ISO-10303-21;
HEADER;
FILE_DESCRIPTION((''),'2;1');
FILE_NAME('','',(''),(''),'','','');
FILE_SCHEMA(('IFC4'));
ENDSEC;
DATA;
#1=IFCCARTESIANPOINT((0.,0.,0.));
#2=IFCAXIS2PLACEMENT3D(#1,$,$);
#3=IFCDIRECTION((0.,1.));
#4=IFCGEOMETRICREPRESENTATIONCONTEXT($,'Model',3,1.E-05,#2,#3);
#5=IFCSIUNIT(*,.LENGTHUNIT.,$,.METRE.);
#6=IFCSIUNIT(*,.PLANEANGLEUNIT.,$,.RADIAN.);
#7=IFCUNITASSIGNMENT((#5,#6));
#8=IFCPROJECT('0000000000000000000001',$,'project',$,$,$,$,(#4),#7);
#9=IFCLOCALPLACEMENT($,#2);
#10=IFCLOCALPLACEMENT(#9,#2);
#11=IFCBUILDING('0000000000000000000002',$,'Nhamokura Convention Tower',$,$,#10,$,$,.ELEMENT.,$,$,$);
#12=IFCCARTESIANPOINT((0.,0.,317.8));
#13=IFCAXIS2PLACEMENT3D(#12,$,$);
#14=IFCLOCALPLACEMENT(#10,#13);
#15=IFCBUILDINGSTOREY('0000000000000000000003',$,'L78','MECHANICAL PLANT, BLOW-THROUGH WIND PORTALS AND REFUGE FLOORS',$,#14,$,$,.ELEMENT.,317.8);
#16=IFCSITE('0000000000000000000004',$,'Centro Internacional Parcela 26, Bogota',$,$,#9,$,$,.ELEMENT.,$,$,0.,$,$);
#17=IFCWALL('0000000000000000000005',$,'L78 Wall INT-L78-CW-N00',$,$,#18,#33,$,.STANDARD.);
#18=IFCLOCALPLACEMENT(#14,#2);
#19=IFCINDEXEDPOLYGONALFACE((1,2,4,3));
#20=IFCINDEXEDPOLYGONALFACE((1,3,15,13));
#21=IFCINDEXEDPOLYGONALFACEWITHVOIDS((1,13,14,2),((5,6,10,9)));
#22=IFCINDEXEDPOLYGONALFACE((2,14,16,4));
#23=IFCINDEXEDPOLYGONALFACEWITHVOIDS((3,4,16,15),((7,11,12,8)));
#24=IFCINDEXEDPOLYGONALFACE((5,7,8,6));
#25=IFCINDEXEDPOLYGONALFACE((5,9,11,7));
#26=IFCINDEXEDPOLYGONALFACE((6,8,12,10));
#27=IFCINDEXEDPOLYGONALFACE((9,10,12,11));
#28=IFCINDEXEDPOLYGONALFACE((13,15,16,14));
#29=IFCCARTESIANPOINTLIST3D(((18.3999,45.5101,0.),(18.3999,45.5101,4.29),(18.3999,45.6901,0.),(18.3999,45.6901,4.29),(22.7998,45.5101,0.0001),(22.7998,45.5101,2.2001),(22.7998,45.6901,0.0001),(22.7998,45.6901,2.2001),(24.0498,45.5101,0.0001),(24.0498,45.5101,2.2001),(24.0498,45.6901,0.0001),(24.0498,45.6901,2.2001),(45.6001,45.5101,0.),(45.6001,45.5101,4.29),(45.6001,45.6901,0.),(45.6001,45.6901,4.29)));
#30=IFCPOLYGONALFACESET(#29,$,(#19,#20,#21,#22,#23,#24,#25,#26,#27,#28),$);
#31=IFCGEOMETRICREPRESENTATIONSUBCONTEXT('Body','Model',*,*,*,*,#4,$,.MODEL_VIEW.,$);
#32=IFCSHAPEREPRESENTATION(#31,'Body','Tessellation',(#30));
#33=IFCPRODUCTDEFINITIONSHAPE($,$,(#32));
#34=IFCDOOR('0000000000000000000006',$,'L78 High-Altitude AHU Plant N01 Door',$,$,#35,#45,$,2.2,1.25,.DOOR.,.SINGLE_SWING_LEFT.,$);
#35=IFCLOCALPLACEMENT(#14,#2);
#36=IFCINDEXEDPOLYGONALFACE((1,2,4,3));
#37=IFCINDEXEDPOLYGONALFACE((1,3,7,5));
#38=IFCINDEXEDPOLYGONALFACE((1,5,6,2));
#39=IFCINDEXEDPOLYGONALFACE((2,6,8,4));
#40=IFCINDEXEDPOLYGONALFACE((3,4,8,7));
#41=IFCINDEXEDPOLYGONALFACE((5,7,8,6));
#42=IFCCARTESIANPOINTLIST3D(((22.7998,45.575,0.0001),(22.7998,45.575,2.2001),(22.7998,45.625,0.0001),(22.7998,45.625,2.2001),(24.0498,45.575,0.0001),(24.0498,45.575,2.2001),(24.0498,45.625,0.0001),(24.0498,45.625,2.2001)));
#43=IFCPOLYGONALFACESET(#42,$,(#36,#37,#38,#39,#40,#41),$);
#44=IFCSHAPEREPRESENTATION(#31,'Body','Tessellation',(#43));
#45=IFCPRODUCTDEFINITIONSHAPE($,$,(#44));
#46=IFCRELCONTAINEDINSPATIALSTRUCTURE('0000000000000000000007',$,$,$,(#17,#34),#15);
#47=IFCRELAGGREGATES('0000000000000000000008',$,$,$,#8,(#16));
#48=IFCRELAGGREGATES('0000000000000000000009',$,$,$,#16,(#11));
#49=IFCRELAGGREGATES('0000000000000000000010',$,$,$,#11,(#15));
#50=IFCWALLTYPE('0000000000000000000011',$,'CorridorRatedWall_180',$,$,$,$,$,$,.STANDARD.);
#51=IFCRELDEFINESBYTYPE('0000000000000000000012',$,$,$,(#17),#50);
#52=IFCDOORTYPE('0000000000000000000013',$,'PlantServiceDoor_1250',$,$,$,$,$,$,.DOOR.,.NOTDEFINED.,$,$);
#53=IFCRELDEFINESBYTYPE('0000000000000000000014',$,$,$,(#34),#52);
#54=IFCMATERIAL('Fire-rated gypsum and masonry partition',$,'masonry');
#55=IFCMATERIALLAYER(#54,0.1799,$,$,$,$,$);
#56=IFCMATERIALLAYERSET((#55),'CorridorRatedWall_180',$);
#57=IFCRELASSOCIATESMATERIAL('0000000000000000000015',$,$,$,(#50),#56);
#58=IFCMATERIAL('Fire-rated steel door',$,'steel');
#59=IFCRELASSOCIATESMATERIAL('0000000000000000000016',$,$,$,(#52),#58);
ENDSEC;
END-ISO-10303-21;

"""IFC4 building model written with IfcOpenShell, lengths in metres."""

from ifc_helpers import new_model, si_unit, direction, frame, frame_2d, origin, place, context, subcontext, project, spatial, rectangle, extrude, material, layer, layer_set, type_object, element, fill, save


model = new_model("IFC4")

# Units and contexts
model_context = context("Model", 3, precision=1e-05, world=origin(), true_north=direction((0.0, 1.0)))
body_context = subcontext(model_context, "Body", "Model", "MODEL_VIEW")
ifc_project = project(units=[si_unit("LENGTHUNIT", "METRE"), si_unit("PLANEANGLEUNIT", "RADIAN")], contexts=[model_context])

# Site, building, storey
site_placement = place(None, origin())
site = spatial("IfcSite", under=ifc_project, at=site_placement, Name="Centro Internacional Parcela 26, Bogota", CompositionType="ELEMENT", RefElevation=0.0)
building_placement = place(site_placement, origin())
building = spatial("IfcBuilding", under=site, at=building_placement, Name="Nhamokura Convention Tower", CompositionType="ELEMENT")
storey_placement = place(building_placement, frame((0.0, 0.0, 317.8)))
storey = spatial("IfcBuildingStorey", under=building, at=storey_placement, Name="L78", Description="MECHANICAL PLANT, BLOW-THROUGH WIND PORTALS AND REFUGE FLOORS", CompositionType="ELEMENT", Elevation=317.8)

# Wall, opening, door
ifc_material_1 = material(Name="Fire-rated gypsum and masonry partition", Category="masonry")
ifc_layer_1 = layer(ifc_material_1, 0.1799)
ifc_layer_set_1 = layer_set([ifc_layer_1], Name="CorridorRatedWall_180")
wall_type_1 = type_object("IfcWallType", Name="CorridorRatedWall_180", PredefinedType="STANDARD", material=ifc_layer_set_1)
wall_1_placement = place(storey_placement, frame((18.3999, 45.6001, 0.0), z_axis=(0.0, 0.0, 1.0), x_axis=(1.0, 0.0, 0.0)))
wall_1 = element("IfcWall", 1, at=wall_1_placement, inside=storey, type_object=wall_type_1, Name="L78 Wall INT-L78-CW-N00", PredefinedType="STANDARD", context=body_context, shape_type="SweptSolid", body=[
    extrude(rectangle(XDim=27.2002, YDim=0.1799, at=frame_2d((13.6001, 0.0))), origin(), (0.0, 0.0, 1.0), 4.29),
])
opening_placement = place(wall_1_placement, frame((4.3999, 0.0, 0.0)))
opening = element("IfcOpeningElement", 2, at=opening_placement, cuts=wall_1, PredefinedType="OPENING", context=body_context, shape_type="SweptSolid", body=[
    extrude(rectangle(XDim=1.25, YDim=2.2, at=frame_2d((0.625, 1.1001))), frame((0.0, 0.0999, 0.0), z_axis=(0.0, -1.0, 0.0), x_axis=(1.0, 0.0, 0.0)), (0.0, 0.0, 1.0), 0.2),
])
ifc_material_2 = material(Name="Fire-rated steel door", Category="steel")
door_type = type_object("IfcDoorType", Name="PlantServiceDoor_1250", OperationType="NOTDEFINED", PredefinedType="DOOR", material=ifc_material_2)
door_placement = place(opening_placement, origin())
door = element("IfcDoor", 3, at=door_placement, inside=storey, type_object=door_type, Name="L78 High-Altitude AHU Plant N01 Door", OperationType="SINGLE_SWING_LEFT", OverallHeight=2.2, OverallWidth=1.25, PredefinedType="DOOR", context=body_context, shape_type="SweptSolid", body=[
    extrude(rectangle(XDim=1.25, YDim=2.2, at=frame_2d((0.625, 1.1001))), frame((0.0, 0.0249, 0.0), z_axis=(0.0, -1.0, 0.0), x_axis=(1.0, 0.0, 0.0)), (0.0, 0.0, 1.0), 0.05),
])
fill(opening, door)

save(model, "model.ifc")
